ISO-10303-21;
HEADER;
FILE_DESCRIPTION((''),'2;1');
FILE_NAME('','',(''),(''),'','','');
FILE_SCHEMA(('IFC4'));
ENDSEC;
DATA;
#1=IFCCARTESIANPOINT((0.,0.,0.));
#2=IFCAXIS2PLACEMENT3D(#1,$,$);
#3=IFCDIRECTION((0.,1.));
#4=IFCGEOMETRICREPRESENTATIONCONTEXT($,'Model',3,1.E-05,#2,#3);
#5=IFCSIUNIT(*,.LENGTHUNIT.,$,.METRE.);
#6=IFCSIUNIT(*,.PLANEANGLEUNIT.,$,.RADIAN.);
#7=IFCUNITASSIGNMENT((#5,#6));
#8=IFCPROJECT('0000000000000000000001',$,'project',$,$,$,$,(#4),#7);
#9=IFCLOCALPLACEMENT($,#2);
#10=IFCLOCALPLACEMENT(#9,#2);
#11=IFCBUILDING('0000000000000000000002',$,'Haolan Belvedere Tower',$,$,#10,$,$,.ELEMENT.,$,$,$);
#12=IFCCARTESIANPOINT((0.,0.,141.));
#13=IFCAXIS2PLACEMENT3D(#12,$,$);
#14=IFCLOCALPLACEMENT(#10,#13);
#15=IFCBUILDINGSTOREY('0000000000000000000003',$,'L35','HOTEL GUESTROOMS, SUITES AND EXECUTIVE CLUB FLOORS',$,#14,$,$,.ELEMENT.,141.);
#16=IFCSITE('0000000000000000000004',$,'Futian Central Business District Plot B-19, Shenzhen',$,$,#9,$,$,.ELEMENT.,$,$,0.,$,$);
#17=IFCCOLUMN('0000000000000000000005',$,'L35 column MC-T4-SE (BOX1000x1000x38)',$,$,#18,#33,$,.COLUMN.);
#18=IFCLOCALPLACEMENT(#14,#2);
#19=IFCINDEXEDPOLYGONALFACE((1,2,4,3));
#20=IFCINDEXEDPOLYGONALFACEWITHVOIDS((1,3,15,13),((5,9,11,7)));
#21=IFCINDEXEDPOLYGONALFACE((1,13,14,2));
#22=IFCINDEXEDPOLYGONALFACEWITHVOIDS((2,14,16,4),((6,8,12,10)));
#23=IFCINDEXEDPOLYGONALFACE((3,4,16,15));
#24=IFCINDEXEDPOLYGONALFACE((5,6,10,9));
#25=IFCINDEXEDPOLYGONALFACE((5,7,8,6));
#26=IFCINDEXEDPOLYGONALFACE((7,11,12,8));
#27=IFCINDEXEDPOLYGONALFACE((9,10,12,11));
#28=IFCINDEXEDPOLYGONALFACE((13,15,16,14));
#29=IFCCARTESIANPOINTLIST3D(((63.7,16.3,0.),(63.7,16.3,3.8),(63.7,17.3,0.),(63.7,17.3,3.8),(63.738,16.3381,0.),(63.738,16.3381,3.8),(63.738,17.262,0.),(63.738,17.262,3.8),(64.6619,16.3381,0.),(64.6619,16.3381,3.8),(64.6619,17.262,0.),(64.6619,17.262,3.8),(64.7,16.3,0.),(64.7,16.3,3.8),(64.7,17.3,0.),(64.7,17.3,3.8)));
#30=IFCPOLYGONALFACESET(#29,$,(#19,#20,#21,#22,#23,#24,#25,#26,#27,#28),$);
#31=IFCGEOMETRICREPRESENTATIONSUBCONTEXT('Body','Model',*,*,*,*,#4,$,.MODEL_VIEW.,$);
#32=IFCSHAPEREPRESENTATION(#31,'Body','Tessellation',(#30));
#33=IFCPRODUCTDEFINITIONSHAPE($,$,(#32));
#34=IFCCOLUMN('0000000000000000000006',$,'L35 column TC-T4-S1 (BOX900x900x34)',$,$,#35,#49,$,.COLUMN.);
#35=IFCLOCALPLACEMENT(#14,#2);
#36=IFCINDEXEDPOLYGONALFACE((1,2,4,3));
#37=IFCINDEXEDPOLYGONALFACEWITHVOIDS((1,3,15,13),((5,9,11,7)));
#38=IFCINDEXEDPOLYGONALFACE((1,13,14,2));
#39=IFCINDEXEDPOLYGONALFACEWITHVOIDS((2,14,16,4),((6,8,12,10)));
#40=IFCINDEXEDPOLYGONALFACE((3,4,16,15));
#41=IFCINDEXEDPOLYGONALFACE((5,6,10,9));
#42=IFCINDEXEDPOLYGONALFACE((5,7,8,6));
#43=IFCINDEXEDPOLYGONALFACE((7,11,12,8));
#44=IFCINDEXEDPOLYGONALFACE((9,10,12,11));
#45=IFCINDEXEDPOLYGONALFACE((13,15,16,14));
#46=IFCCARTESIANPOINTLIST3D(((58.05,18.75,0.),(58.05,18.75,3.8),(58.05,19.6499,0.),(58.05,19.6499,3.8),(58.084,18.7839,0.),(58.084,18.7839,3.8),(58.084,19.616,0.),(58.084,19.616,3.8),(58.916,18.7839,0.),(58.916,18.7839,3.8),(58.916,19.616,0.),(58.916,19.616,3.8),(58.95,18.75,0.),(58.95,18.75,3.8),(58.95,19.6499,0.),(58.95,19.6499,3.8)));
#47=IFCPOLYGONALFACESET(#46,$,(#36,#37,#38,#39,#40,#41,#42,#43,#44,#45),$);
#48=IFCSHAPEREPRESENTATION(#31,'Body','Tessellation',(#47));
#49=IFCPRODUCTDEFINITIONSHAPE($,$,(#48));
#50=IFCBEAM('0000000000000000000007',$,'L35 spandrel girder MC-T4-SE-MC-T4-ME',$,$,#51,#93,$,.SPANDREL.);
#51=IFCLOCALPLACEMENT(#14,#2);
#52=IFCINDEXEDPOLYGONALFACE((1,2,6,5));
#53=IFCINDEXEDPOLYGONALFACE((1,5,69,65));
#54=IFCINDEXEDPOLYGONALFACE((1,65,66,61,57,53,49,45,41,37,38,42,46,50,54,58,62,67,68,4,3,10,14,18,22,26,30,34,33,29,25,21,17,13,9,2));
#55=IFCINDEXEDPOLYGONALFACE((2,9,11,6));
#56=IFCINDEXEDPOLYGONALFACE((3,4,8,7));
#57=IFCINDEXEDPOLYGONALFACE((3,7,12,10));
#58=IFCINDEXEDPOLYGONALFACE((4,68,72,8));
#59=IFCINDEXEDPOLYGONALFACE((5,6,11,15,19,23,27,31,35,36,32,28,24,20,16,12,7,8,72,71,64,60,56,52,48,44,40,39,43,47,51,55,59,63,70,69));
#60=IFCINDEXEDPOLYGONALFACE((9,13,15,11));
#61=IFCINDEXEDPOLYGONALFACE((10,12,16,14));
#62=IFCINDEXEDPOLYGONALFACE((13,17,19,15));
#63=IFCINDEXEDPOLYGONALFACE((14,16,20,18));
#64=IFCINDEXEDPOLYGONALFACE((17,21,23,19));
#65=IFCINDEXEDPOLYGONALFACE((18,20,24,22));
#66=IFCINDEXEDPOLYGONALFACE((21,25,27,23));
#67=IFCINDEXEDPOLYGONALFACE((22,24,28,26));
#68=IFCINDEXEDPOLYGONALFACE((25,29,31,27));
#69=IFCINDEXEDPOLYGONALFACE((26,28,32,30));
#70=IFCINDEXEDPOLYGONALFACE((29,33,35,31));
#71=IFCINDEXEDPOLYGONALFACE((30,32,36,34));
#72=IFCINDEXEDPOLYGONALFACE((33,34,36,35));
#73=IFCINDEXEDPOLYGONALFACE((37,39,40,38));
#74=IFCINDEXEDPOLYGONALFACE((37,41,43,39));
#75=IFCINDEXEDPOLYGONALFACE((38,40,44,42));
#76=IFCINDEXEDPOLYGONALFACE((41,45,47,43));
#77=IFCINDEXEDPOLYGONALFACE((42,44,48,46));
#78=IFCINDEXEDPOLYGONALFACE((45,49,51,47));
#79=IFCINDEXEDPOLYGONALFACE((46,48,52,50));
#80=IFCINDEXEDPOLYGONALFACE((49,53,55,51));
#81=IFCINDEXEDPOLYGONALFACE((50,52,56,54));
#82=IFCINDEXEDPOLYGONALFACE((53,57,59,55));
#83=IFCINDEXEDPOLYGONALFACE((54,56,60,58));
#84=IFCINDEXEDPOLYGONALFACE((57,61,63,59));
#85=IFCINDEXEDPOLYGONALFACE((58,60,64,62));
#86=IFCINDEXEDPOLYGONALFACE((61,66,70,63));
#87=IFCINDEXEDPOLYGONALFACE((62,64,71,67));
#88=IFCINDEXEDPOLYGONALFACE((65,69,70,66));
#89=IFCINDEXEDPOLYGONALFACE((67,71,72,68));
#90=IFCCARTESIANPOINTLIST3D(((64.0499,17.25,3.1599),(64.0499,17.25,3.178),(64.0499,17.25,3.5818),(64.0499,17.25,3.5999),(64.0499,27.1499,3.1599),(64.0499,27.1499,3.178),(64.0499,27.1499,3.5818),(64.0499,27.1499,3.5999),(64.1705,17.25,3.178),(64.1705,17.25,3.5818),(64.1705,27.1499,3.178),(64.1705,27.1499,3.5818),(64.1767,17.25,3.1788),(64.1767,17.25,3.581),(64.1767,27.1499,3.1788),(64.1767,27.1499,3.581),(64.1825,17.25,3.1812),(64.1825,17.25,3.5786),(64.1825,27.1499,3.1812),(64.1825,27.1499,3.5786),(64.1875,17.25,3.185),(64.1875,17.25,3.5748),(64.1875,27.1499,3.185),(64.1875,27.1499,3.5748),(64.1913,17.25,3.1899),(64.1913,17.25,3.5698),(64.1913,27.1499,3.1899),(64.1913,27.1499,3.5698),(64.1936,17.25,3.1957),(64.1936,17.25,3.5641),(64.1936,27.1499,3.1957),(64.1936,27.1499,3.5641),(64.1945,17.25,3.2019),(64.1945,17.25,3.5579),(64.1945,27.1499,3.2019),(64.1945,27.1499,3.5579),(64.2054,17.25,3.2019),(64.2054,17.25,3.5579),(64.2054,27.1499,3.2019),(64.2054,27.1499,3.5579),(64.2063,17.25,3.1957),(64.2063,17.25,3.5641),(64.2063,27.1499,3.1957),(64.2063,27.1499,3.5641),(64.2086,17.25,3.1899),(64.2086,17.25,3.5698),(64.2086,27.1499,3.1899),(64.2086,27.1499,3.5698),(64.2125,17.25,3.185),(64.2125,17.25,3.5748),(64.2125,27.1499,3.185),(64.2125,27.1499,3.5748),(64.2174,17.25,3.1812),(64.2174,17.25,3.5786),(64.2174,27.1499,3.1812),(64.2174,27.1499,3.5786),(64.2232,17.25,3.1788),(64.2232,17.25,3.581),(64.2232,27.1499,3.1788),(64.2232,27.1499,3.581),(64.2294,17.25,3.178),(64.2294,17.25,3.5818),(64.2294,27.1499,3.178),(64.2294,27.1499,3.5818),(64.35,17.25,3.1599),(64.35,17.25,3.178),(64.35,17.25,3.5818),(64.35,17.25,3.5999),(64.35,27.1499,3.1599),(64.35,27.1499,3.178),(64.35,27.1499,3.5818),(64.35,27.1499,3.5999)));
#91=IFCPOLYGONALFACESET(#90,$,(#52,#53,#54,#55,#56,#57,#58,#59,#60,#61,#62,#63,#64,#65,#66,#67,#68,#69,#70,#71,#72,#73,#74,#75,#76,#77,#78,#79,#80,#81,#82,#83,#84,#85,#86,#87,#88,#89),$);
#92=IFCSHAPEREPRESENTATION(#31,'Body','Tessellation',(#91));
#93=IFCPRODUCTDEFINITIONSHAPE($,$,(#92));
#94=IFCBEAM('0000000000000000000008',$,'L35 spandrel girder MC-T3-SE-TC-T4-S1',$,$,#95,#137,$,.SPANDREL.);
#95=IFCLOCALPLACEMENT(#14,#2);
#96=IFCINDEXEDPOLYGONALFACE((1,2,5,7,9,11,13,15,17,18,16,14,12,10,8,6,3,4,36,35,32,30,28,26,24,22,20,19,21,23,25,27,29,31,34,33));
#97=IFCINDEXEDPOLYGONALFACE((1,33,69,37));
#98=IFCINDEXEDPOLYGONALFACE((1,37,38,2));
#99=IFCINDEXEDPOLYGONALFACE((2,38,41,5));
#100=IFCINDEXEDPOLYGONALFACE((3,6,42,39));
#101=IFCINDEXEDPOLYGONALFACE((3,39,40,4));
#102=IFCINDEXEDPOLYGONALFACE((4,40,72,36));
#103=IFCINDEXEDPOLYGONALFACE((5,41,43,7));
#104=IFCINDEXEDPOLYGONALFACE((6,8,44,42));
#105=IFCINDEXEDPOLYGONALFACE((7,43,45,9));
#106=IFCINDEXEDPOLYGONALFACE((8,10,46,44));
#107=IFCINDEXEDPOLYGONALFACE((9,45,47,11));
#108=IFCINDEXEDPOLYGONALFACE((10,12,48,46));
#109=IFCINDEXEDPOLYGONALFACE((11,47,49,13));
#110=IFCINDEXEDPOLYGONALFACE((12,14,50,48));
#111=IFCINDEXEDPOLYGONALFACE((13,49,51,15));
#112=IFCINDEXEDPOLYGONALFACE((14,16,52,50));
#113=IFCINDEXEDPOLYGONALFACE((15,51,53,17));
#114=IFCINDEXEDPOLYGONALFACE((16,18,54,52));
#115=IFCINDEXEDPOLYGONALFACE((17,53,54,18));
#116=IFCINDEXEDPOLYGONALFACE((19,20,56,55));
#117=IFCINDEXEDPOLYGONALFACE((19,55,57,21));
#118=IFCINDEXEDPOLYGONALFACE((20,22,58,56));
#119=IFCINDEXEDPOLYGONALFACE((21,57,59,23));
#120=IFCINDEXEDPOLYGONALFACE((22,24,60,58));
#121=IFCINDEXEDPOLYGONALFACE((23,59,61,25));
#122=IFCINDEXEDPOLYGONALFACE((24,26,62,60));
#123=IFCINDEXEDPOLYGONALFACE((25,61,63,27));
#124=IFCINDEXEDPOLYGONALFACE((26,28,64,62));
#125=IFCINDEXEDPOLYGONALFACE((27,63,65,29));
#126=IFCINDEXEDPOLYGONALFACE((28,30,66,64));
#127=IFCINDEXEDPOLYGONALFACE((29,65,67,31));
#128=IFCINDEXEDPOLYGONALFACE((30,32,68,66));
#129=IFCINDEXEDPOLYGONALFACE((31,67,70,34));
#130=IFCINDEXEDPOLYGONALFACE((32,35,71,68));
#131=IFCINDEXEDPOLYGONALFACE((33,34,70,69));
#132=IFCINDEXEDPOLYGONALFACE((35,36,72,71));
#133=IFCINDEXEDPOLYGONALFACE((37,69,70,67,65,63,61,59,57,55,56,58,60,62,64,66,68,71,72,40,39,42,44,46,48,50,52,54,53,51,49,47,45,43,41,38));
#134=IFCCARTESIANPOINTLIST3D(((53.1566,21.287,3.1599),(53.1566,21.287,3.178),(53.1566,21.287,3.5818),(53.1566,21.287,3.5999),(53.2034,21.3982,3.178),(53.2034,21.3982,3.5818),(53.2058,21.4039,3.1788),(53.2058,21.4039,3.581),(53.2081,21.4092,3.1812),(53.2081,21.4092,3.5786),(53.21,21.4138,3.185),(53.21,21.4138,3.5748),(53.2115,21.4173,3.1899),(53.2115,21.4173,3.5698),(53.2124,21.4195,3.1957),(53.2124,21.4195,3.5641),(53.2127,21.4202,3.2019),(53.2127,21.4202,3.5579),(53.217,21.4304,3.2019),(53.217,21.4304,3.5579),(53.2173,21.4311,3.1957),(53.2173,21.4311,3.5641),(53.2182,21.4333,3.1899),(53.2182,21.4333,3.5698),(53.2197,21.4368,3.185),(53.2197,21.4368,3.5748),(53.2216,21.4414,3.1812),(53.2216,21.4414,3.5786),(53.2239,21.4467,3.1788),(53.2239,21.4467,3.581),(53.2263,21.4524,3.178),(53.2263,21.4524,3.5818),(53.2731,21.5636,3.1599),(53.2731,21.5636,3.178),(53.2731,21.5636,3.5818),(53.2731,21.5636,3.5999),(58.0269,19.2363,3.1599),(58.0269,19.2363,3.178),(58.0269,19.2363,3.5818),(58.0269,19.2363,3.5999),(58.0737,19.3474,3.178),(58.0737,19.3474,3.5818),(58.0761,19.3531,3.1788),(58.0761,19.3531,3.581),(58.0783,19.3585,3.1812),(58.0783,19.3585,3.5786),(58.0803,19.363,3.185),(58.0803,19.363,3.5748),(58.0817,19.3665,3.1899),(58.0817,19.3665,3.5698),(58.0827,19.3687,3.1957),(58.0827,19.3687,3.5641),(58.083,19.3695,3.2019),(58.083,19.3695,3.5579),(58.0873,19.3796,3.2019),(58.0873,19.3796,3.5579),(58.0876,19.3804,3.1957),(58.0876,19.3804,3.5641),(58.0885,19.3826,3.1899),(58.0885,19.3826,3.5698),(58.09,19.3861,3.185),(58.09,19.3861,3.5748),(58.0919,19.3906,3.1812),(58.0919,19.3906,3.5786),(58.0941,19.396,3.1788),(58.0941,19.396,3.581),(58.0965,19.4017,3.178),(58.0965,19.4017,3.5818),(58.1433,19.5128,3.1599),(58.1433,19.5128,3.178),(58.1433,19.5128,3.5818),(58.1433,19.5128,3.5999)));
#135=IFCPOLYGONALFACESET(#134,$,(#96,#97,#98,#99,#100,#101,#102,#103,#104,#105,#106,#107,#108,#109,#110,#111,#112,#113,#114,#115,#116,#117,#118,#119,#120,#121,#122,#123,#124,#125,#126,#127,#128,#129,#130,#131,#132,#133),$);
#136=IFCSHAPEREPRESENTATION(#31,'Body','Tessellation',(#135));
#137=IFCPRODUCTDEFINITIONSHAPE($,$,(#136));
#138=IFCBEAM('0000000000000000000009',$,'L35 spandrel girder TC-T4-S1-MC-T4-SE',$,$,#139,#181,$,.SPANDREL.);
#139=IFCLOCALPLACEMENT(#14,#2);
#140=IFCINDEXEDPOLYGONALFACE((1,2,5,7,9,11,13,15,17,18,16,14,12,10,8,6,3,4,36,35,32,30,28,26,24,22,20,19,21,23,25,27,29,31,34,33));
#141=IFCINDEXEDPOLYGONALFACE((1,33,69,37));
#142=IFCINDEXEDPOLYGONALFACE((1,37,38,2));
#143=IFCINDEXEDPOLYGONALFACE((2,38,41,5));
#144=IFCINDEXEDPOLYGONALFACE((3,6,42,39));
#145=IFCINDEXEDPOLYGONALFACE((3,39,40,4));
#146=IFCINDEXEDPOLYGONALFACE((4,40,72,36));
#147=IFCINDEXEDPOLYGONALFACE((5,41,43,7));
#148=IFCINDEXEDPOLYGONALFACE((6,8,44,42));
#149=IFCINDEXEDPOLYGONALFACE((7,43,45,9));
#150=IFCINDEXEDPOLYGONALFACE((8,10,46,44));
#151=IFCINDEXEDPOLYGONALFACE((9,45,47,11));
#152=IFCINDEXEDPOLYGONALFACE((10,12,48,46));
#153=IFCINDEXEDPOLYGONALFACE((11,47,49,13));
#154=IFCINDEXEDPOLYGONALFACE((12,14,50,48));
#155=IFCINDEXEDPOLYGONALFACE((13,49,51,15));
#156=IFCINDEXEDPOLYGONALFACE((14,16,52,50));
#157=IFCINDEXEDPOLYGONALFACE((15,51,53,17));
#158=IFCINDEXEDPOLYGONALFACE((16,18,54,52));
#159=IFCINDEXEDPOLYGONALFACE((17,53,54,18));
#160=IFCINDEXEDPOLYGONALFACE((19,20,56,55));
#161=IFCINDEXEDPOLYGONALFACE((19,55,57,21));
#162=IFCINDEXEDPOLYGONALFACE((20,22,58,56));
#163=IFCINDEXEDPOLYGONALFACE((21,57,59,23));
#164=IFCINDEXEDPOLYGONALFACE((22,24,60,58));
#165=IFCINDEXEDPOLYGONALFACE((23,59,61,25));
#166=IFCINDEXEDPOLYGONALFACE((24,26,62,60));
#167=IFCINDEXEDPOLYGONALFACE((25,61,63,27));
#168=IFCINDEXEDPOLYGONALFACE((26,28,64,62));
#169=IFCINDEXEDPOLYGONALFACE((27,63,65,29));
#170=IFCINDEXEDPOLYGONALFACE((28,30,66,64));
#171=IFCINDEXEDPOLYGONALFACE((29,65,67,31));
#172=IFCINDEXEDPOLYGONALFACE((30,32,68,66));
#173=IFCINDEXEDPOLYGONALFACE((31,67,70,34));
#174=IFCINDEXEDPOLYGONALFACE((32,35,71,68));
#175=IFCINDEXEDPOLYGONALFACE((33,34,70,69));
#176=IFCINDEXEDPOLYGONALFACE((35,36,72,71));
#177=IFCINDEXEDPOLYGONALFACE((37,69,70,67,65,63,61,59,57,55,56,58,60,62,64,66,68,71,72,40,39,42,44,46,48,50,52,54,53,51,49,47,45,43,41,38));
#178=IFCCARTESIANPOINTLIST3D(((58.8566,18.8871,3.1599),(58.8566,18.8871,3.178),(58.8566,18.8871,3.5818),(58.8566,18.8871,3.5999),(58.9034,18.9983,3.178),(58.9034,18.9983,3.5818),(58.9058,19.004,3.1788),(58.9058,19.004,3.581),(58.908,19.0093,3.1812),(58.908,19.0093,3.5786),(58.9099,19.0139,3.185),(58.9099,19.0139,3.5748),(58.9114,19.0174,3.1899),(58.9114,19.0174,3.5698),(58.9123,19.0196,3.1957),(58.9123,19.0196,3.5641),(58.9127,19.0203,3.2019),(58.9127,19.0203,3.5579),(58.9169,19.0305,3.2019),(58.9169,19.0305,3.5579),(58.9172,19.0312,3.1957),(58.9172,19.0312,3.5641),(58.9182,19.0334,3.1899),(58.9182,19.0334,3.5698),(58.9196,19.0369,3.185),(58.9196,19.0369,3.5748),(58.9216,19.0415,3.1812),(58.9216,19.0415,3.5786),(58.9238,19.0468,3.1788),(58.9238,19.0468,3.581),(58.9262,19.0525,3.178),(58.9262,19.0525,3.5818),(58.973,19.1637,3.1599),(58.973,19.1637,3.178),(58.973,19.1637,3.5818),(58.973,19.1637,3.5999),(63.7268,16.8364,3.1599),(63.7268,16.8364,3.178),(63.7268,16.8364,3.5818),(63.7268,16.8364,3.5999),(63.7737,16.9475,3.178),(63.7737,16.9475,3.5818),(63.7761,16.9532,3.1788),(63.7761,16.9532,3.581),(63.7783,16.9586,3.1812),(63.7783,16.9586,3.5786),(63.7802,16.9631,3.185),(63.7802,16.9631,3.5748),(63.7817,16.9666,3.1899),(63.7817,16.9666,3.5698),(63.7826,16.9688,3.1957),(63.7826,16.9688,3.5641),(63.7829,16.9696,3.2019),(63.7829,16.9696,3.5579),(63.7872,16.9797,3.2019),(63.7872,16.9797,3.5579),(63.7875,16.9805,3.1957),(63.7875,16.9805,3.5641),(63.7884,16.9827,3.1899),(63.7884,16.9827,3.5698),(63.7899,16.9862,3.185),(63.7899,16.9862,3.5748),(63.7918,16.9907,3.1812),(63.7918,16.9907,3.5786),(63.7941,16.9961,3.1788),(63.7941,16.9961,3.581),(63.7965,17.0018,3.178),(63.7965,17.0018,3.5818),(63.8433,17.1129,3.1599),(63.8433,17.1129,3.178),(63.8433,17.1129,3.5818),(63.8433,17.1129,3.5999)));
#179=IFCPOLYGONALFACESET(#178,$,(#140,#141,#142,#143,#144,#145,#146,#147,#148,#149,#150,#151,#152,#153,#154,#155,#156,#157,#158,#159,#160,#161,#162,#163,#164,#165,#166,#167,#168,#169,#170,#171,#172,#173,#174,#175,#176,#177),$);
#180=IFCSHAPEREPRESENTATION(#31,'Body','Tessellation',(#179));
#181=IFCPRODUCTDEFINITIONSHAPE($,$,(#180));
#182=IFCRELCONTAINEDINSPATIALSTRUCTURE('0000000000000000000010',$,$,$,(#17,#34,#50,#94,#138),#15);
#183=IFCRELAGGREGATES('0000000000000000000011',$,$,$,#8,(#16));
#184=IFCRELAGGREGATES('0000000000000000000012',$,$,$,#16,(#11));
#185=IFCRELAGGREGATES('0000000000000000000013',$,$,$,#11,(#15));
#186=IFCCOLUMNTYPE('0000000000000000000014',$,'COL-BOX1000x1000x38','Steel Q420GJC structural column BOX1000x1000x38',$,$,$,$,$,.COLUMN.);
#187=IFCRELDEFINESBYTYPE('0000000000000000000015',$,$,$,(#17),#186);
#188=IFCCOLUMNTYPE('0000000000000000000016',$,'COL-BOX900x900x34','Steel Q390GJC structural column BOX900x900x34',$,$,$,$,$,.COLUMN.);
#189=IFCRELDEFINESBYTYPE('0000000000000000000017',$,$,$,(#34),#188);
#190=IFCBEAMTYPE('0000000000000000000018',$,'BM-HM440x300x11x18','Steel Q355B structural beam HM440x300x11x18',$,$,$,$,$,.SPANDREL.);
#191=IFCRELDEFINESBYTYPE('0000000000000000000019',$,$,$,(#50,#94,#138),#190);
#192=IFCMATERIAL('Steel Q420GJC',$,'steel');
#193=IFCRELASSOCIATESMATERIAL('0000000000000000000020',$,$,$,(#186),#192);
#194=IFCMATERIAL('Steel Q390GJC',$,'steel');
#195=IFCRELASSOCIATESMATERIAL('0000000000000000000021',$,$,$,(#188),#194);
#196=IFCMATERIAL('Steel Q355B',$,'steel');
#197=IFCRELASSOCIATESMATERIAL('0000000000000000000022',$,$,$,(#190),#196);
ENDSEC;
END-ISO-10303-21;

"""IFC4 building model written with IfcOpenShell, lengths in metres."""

from ifc_helpers import new_model, si_unit, direction, frame, origin, origin_2d, place, context, subcontext, project, spatial, hollow_rectangle, i_section, extrude, material, material_profile, profile_set, type_object, element, save


model = new_model("IFC4")

# Units and contexts
model_context = context("Model", 3, precision=1e-05, world=origin(), true_north=direction((0.0, 1.0)))
body_context = subcontext(model_context, "Body", "Model", "MODEL_VIEW")
ifc_project = project(units=[si_unit("LENGTHUNIT", "METRE"), si_unit("PLANEANGLEUNIT", "RADIAN")], contexts=[model_context])

# Site, building, storey
site_placement = place(None, origin())
site = spatial("IfcSite", under=ifc_project, at=site_placement, Name="Futian Central Business District Plot B-19, Shenzhen", CompositionType="ELEMENT", RefElevation=0.0)
building_placement = place(site_placement, origin())
building = spatial("IfcBuilding", under=site, at=building_placement, Name="Haolan Belvedere Tower", CompositionType="ELEMENT")
storey_placement = place(building_placement, frame((0.0, 0.0, 141.0)))
storey = spatial("IfcBuildingStorey", under=building, at=storey_placement, Name="L35", Description="HOTEL GUESTROOMS, SUITES AND EXECUTIVE CLUB FLOORS", CompositionType="ELEMENT", Elevation=141.0)

# Columns
ifc_material_1 = material(Name="Steel Q420GJC", Category="steel")
ifc_material_profile_1 = material_profile(ifc_material_1, hollow_rectangle(XDim=1.0, YDim=1.0, WallThickness=0.0381, at=origin_2d()), Name="Steel Q420GJC")
ifc_profile_set_1 = profile_set([ifc_material_profile_1], Name="Steel Q420GJC")
column_type_1 = type_object("IfcColumnType", Name="COL-BOX1000x1000x38", Description="Steel Q420GJC structural column BOX1000x1000x38", PredefinedType="COLUMN", material=ifc_profile_set_1)
column_1_placement = place(storey_placement, frame((64.2, 16.8, 0.0), z_axis=(0.0, 0.0, 1.0), x_axis=(1.0, 0.0, 0.0)))
element("IfcColumn", 1, at=column_1_placement, inside=storey, type_object=column_type_1, Name="L35 column MC-T4-SE (BOX1000x1000x38)", PredefinedType="COLUMN", context=body_context, shape_type="SweptSolid", body=[
    extrude(hollow_rectangle(XDim=1.0, YDim=1.0, WallThickness=0.0381, at=origin_2d()), origin(), (0.0, 0.0, 1.0), 3.8),
])
ifc_material_2 = material(Name="Steel Q390GJC", Category="steel")
ifc_material_profile_2 = material_profile(ifc_material_2, hollow_rectangle(XDim=0.8999, YDim=0.8999, WallThickness=0.0339, at=origin_2d()), Name="Steel Q390GJC")
ifc_profile_set_2 = profile_set([ifc_material_profile_2], Name="Steel Q390GJC")
column_type_2 = type_object("IfcColumnType", Name="COL-BOX900x900x34", Description="Steel Q390GJC structural column BOX900x900x34", PredefinedType="COLUMN", material=ifc_profile_set_2)
column_2_placement = place(storey_placement, frame((58.5, 19.2, 0.0), z_axis=(0.0, 0.0, 1.0), x_axis=(1.0, 0.0, 0.0)))
element("IfcColumn", 2, at=column_2_placement, inside=storey, type_object=column_type_2, Name="L35 column TC-T4-S1 (BOX900x900x34)", PredefinedType="COLUMN", context=body_context, shape_type="SweptSolid", body=[
    extrude(hollow_rectangle(XDim=0.8999, YDim=0.8999, WallThickness=0.0339, at=origin_2d()), origin(), (0.0, 0.0, 1.0), 3.8),
])

# Beams
ifc_material_3 = material(Name="Steel Q355B", Category="steel")
ifc_material_profile_3 = material_profile(ifc_material_3, i_section(OverallWidth=0.3, OverallDepth=0.4399, WebThickness=0.011, FlangeThickness=0.0181, FilletRadius=0.0239, at=origin_2d()), Name="Steel Q355B")
ifc_profile_set_3 = profile_set([ifc_material_profile_3], Name="Steel Q355B")
beam_type_1 = type_object("IfcBeamType", Name="BM-HM440x300x11x18", Description="Steel Q355B structural beam HM440x300x11x18", PredefinedType="SPANDREL", material=ifc_profile_set_3)
beam_1_placement = place(storey_placement, frame((64.2, 17.25, 3.3799), z_axis=(0.0, 1.0, 0.0), x_axis=(-1.0, 0.0, 0.0)))
element("IfcBeam", 3, at=beam_1_placement, inside=storey, type_object=beam_type_1, Name="L35 spandrel girder MC-T4-SE-MC-T4-ME", PredefinedType="SPANDREL", context=body_context, shape_type="SweptSolid", body=[
    extrude(i_section(OverallWidth=0.3, OverallDepth=0.4399, WebThickness=0.011, FlangeThickness=0.0181, FilletRadius=0.0239, at=origin_2d()), origin(), (0.0, 0.0, 1.0), 9.8999),
])
for number, where, z_axis, x_axis, name in (
    (4, (53.2148, 21.4253, 3.3799), (0.921628, -0.388074, 0.0), (0.388074, 0.921628, 0.0), "L35 spandrel girder MC-T3-SE-TC-T4-S1"),
    (5, (58.9148, 19.0254, 3.3799), (0.921628, -0.388074, 0.0), (0.388074, 0.921628, 0.0), "L35 spandrel girder TC-T4-S1-MC-T4-SE"),
):
    element("IfcBeam", number, at=place(storey_placement, frame(where, z_axis=z_axis, x_axis=x_axis)), inside=storey, type_object=beam_type_1, Name=name, PredefinedType="SPANDREL", context=body_context, shape_type="SweptSolid", body=[
        extrude(i_section(OverallWidth=0.3, OverallDepth=0.4399, WebThickness=0.011, FlangeThickness=0.0181, FilletRadius=0.0239, at=origin_2d()), origin(), (0.0, 0.0, 1.0), 5.2844),
    ])

save(model, "model.ifc")
